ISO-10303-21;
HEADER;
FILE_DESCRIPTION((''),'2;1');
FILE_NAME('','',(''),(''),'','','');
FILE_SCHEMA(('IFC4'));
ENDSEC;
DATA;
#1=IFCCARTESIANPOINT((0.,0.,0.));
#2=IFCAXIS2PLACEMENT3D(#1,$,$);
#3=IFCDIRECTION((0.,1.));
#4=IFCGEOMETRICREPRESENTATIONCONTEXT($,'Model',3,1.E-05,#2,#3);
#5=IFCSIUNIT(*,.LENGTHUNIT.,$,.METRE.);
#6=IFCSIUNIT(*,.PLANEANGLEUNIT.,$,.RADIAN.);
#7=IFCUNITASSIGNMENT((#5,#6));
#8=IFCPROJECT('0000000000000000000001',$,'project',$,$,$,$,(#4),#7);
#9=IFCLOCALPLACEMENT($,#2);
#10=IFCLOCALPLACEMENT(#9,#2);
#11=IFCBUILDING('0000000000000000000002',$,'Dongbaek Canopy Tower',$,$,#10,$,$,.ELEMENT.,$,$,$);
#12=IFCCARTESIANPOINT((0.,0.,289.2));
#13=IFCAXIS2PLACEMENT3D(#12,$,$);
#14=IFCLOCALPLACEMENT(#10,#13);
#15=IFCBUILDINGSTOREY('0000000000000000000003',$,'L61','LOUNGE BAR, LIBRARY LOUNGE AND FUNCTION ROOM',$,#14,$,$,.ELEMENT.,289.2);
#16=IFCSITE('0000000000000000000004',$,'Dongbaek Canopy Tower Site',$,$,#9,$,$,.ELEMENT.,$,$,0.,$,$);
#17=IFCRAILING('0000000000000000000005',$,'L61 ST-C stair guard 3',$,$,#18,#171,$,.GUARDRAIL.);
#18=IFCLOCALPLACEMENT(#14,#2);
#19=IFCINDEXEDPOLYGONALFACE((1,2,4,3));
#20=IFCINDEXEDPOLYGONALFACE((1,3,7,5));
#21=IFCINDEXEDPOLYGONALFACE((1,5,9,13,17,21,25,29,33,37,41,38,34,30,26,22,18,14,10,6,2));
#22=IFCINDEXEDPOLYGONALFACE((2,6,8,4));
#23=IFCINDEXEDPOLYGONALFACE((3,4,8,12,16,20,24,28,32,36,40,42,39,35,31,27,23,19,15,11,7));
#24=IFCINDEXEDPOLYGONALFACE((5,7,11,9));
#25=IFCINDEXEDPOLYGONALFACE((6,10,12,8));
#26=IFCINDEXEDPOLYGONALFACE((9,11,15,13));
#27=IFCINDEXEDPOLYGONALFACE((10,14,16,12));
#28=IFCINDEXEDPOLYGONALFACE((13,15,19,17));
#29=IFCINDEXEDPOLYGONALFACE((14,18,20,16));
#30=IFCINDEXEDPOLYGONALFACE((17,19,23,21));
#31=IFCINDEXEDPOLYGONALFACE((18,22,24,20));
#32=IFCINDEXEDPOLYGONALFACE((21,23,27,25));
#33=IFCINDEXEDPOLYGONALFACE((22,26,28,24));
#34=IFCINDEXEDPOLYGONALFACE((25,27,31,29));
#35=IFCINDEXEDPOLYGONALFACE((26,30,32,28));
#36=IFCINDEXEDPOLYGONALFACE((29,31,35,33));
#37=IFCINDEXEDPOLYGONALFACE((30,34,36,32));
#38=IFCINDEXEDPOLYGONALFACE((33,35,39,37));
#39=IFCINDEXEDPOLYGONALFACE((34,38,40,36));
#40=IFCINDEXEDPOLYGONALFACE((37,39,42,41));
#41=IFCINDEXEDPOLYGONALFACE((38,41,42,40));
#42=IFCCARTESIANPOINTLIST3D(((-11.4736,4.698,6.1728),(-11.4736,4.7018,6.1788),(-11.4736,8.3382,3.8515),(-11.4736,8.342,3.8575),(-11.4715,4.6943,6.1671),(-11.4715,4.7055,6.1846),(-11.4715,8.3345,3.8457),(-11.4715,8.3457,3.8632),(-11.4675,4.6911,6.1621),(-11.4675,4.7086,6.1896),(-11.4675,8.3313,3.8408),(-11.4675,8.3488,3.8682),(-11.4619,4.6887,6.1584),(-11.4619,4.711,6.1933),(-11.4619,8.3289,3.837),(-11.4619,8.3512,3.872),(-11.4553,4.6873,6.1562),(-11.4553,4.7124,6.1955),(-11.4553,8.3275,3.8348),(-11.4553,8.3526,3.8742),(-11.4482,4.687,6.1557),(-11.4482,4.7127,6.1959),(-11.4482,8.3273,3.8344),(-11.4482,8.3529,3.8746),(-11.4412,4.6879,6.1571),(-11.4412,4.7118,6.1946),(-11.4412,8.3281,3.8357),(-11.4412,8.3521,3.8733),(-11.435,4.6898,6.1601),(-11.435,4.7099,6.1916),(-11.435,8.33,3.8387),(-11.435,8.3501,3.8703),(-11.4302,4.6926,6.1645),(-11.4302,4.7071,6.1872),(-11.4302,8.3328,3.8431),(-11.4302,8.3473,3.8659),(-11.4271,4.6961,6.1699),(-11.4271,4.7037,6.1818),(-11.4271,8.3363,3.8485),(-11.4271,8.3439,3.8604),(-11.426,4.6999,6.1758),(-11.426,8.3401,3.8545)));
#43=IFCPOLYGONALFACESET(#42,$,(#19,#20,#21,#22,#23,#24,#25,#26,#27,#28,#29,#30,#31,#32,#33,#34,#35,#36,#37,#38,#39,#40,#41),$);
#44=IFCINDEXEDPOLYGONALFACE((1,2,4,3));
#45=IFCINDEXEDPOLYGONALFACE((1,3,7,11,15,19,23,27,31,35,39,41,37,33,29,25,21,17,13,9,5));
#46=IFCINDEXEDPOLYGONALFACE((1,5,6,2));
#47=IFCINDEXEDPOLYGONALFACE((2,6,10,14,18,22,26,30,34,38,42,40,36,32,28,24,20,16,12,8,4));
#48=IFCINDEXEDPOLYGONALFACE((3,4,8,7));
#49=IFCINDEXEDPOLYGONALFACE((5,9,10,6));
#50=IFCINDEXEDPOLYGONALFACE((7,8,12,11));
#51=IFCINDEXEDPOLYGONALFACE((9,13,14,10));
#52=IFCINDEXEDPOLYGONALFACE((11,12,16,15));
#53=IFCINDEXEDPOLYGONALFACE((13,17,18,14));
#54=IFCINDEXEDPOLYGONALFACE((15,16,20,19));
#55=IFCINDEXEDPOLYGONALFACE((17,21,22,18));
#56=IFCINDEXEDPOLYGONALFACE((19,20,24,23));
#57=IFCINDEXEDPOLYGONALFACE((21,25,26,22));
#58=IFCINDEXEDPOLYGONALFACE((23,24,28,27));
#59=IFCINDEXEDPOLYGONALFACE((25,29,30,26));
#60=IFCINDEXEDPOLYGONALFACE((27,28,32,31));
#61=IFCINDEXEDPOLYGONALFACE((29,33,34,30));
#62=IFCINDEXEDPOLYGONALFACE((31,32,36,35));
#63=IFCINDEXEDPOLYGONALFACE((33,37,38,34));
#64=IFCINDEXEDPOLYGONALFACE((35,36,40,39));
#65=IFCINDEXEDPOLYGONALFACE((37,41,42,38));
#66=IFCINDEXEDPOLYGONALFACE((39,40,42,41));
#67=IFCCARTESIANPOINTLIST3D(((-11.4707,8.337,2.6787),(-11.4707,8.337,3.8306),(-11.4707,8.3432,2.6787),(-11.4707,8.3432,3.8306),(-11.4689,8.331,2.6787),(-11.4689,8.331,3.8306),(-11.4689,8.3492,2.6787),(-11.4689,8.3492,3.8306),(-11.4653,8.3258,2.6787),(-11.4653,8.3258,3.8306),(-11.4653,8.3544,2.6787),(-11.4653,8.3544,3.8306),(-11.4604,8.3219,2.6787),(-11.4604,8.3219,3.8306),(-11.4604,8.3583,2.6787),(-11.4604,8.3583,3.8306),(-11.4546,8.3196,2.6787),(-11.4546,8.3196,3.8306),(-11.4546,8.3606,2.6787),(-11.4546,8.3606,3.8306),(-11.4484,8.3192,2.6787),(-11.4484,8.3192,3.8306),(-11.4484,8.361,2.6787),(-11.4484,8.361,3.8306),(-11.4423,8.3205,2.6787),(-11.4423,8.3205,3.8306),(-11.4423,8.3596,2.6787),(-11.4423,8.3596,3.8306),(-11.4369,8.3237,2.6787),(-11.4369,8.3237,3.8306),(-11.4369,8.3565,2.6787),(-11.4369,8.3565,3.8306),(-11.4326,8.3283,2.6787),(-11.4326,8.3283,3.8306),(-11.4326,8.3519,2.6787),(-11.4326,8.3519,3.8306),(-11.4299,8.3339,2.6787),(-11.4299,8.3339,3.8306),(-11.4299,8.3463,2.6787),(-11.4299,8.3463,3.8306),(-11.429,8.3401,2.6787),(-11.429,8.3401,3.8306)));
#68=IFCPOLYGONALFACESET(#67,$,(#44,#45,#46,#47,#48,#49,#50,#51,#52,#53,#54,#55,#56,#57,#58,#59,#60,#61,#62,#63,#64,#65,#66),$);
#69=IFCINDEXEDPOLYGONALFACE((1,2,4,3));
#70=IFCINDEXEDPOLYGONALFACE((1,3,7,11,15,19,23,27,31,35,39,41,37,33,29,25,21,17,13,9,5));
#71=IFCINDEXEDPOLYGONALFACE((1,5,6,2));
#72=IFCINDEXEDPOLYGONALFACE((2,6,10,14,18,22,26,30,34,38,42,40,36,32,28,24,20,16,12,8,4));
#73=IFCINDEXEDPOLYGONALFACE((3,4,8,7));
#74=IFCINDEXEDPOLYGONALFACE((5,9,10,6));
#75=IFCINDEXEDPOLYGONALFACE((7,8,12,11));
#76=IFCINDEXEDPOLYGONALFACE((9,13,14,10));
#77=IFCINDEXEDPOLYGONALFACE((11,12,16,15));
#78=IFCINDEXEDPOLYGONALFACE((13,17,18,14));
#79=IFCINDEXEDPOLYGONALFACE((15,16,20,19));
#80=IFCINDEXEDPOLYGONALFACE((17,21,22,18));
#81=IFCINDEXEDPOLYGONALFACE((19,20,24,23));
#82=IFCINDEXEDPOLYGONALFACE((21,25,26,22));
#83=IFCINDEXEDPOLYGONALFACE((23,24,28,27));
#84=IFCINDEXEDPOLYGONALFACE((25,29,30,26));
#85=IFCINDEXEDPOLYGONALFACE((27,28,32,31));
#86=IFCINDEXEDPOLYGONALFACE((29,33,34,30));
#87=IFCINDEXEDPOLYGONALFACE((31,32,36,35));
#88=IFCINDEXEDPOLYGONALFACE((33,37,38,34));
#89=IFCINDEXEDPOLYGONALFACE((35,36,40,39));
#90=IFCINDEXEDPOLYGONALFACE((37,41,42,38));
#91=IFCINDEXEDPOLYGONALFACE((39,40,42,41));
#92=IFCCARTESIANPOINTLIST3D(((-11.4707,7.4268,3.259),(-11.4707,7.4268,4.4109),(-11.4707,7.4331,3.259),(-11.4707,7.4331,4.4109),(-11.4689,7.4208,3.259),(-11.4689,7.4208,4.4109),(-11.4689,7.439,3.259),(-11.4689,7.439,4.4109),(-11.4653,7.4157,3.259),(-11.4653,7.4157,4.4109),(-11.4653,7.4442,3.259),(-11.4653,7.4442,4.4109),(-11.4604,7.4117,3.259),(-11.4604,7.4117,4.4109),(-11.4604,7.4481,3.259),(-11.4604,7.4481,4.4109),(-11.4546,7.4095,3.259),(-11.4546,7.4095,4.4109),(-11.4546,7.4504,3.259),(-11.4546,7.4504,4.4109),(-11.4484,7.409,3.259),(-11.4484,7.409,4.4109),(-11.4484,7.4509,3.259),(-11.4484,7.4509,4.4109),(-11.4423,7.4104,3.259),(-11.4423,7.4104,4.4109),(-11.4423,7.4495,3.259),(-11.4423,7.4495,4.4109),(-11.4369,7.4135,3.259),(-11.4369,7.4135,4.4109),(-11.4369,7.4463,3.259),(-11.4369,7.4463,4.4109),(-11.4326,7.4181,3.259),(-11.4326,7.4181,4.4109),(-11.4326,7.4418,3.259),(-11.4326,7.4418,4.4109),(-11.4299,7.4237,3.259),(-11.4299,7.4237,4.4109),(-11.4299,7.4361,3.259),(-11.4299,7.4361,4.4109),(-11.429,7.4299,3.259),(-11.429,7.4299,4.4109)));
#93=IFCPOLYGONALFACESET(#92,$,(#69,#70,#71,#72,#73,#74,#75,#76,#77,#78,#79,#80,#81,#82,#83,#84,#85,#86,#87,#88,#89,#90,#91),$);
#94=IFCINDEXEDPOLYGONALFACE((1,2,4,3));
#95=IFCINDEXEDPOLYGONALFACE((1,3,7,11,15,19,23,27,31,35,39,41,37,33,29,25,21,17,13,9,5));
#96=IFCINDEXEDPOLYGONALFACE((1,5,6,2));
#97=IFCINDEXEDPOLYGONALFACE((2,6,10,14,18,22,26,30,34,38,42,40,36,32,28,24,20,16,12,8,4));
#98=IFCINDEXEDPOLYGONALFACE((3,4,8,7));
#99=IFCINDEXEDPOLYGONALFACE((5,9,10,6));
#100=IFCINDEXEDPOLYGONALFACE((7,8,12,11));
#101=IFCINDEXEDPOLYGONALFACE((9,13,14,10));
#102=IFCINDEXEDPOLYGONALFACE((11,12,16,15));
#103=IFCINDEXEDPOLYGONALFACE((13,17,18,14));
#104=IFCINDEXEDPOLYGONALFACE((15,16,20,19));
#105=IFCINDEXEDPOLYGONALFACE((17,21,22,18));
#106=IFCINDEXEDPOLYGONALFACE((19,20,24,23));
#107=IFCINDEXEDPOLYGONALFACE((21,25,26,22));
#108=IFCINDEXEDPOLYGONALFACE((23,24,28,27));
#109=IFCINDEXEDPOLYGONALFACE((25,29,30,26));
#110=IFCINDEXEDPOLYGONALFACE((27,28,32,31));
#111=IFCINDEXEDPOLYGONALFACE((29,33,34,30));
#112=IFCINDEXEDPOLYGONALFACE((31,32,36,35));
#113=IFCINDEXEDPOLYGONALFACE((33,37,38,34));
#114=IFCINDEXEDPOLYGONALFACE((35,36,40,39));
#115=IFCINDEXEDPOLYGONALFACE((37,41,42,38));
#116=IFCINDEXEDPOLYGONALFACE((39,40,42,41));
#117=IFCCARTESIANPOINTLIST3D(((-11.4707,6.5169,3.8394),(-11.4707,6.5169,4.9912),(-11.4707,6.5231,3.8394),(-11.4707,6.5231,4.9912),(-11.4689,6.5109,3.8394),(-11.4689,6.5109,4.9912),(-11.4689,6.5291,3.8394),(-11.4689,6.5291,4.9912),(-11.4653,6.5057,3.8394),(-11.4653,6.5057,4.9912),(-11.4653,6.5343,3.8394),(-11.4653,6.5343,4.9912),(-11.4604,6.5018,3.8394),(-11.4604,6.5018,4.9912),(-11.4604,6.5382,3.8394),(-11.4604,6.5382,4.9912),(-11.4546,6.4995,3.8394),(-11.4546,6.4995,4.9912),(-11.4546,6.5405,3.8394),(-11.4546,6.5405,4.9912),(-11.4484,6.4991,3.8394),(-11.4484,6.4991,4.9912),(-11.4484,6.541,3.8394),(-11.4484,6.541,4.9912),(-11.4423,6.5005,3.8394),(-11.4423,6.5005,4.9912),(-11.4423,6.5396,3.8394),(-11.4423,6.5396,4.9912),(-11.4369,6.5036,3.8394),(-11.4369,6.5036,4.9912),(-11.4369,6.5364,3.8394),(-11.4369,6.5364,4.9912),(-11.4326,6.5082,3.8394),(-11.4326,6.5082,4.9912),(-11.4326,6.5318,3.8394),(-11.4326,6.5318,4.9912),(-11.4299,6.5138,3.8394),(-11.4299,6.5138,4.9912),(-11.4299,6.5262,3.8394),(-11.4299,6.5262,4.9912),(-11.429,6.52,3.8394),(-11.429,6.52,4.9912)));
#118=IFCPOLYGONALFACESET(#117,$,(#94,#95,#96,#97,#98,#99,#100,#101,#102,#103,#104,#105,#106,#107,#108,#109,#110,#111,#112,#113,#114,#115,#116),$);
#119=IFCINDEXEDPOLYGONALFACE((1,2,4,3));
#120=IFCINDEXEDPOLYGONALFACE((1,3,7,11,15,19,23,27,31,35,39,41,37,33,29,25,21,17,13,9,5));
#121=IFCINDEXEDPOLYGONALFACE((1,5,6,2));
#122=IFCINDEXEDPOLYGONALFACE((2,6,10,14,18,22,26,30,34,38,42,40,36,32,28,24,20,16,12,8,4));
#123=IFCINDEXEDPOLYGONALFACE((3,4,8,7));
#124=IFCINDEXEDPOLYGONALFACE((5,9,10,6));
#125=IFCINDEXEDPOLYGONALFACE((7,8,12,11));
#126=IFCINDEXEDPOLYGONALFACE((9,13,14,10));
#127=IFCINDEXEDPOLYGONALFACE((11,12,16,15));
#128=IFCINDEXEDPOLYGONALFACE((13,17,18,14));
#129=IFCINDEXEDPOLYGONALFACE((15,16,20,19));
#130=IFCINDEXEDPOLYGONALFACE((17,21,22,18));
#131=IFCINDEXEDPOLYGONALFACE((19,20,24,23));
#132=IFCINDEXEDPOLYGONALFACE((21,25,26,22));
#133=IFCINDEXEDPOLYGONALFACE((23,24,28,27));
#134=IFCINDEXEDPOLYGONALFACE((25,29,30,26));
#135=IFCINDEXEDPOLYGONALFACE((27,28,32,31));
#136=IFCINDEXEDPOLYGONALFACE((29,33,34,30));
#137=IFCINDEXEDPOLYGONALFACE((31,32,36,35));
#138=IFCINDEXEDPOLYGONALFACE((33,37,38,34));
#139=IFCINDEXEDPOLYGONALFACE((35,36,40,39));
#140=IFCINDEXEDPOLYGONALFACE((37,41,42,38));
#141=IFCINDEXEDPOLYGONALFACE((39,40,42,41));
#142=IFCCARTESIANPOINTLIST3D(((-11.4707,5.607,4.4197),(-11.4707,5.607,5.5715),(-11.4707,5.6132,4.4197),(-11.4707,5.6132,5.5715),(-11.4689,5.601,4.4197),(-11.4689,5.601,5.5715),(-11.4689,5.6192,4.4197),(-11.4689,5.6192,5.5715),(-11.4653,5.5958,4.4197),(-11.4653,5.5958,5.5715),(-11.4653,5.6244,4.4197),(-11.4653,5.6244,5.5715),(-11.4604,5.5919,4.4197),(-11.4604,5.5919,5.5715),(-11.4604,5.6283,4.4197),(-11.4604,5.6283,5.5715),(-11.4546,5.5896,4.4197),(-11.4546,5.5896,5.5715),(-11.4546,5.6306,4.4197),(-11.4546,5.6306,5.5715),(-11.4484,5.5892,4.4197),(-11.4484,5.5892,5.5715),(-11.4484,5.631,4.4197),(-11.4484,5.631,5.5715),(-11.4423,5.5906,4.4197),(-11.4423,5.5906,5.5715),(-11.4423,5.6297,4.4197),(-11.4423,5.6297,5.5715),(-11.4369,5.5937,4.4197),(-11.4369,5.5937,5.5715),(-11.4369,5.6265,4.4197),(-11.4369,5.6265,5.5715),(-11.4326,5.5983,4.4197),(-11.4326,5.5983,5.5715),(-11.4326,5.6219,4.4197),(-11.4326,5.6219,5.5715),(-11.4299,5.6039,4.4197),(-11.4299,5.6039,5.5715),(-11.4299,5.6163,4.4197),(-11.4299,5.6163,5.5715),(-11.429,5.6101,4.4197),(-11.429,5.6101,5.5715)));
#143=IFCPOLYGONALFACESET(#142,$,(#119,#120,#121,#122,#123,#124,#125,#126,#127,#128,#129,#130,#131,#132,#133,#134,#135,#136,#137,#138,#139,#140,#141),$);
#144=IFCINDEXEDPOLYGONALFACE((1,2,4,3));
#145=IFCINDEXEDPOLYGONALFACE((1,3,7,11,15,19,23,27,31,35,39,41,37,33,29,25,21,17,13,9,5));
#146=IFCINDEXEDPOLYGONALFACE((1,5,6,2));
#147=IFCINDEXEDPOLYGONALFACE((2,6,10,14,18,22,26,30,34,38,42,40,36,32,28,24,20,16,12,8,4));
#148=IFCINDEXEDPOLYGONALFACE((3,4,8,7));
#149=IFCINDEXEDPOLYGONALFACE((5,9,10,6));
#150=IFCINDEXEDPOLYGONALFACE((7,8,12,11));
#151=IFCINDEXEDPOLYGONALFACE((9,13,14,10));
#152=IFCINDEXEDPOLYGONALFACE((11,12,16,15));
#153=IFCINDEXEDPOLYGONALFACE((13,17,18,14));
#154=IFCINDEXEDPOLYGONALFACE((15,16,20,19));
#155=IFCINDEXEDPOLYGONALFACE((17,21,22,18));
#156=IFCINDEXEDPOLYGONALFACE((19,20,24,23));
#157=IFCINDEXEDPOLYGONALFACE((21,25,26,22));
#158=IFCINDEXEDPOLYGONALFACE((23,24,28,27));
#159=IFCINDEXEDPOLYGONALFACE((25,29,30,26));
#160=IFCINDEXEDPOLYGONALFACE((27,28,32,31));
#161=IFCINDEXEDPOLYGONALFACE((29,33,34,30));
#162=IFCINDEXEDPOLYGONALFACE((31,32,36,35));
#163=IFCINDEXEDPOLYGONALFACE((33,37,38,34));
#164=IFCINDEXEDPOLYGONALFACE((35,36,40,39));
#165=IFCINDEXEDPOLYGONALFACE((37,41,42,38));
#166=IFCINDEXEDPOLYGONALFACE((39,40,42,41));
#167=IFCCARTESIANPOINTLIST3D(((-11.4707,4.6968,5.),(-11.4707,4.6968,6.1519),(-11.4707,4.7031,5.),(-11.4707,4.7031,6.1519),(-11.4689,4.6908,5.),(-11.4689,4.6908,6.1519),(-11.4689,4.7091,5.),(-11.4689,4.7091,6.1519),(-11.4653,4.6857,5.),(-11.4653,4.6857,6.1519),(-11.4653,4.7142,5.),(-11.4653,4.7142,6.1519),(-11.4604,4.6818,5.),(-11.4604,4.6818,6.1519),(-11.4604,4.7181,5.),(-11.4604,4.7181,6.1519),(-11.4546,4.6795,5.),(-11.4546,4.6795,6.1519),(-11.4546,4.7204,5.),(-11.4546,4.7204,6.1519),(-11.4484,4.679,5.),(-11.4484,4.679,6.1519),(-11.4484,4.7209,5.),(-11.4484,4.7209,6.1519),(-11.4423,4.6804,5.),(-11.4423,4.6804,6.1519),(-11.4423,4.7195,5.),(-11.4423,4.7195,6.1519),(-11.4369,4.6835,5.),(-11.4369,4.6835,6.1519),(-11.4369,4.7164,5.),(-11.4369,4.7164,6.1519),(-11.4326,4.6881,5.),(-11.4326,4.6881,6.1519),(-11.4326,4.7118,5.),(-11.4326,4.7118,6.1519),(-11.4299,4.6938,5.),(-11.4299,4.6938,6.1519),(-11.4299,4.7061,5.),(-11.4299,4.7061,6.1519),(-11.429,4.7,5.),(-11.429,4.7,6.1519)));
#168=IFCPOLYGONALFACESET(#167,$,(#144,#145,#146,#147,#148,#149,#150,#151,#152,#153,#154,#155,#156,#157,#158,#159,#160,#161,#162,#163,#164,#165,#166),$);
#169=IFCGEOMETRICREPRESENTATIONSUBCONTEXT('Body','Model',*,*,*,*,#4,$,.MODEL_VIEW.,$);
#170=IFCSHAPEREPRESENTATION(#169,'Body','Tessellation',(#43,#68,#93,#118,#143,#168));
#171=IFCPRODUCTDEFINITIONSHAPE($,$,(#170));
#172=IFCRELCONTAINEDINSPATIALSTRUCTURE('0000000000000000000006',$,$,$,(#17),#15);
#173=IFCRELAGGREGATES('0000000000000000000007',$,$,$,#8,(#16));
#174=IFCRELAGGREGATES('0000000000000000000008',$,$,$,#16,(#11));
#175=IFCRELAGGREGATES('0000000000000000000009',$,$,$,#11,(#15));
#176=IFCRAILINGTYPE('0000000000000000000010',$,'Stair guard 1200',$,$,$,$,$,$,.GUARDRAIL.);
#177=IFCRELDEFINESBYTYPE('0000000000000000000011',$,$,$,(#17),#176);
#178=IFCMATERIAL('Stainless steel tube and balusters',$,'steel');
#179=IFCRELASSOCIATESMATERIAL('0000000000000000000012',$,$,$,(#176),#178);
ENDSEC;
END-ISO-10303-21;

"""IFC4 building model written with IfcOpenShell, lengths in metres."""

from ifc_helpers import new_model, si_unit, direction, frame, origin, origin_2d, place, context, subcontext, project, spatial, circle, extrude, material, type_object, element, save


model = new_model("IFC4")

# Units and contexts
model_context = context("Model", 3, precision=1e-05, world=origin(), true_north=direction((0.0, 1.0)))
body_context = subcontext(model_context, "Body", "Model", "MODEL_VIEW")
ifc_project = project(units=[si_unit("LENGTHUNIT", "METRE"), si_unit("PLANEANGLEUNIT", "RADIAN")], contexts=[model_context])

# Site, building, storey
site_placement = place(None, origin())
site = spatial("IfcSite", under=ifc_project, at=site_placement, Name="Dongbaek Canopy Tower Site", CompositionType="ELEMENT", RefElevation=0.0)
building_placement = place(site_placement, origin())
building = spatial("IfcBuilding", under=site, at=building_placement, Name="Dongbaek Canopy Tower", CompositionType="ELEMENT")
storey_placement = place(building_placement, frame((0.0, 0.0, 289.2)))
storey = spatial("IfcBuildingStorey", under=building, at=storey_placement, Name="L61", Description="LOUNGE BAR, LIBRARY LOUNGE AND FUNCTION ROOM", CompositionType="ELEMENT", Elevation=289.2)

# Railing
ifc_material_1 = material(Name="Stainless steel tube and balusters", Category="steel")
railing_type_1 = type_object("IfcRailingType", Name="Stair guard 1200", PredefinedType="GUARDRAIL", material=ifc_material_1)
railing_1_placement = place(storey_placement, frame((-11.45, 8.3401, 2.6787)))
element("IfcRailing", 1, at=railing_1_placement, inside=storey, type_object=railing_type_1, Name="L61 ST-C stair guard 3", PredefinedType="GUARDRAIL", context=body_context, shape_type="SweptSolid", body=[
    extrude(circle(Radius=0.0239, at=origin_2d()), frame((0.0, 0.0, 1.1758), z_axis=(0.0, -0.843153, 0.537673), x_axis=(1.0, 0.0, 0.0)), (0.0, 0.0, 1.0), 4.3174),
    extrude(circle(Radius=0.021, at=origin_2d()), origin(), (0.0, 0.0, 1.0), 1.1519),
    extrude(circle(Radius=0.021, at=origin_2d()), frame((0.0, -0.9102, 0.5803)), (0.0, 0.0, 1.0), 1.1519),
    extrude(circle(Radius=0.021, at=origin_2d()), frame((0.0, -1.8201, 1.1606)), (0.0, 0.0, 1.0), 1.1519),
    extrude(circle(Radius=0.021, at=origin_2d()), frame((0.0, -2.73, 1.741)), (0.0, 0.0, 1.0), 1.1519),
    extrude(circle(Radius=0.021, at=origin_2d()), frame((0.0, -3.6401, 2.3213)), (0.0, 0.0, 1.0), 1.1519),
])

save(model, "model.ifc")
